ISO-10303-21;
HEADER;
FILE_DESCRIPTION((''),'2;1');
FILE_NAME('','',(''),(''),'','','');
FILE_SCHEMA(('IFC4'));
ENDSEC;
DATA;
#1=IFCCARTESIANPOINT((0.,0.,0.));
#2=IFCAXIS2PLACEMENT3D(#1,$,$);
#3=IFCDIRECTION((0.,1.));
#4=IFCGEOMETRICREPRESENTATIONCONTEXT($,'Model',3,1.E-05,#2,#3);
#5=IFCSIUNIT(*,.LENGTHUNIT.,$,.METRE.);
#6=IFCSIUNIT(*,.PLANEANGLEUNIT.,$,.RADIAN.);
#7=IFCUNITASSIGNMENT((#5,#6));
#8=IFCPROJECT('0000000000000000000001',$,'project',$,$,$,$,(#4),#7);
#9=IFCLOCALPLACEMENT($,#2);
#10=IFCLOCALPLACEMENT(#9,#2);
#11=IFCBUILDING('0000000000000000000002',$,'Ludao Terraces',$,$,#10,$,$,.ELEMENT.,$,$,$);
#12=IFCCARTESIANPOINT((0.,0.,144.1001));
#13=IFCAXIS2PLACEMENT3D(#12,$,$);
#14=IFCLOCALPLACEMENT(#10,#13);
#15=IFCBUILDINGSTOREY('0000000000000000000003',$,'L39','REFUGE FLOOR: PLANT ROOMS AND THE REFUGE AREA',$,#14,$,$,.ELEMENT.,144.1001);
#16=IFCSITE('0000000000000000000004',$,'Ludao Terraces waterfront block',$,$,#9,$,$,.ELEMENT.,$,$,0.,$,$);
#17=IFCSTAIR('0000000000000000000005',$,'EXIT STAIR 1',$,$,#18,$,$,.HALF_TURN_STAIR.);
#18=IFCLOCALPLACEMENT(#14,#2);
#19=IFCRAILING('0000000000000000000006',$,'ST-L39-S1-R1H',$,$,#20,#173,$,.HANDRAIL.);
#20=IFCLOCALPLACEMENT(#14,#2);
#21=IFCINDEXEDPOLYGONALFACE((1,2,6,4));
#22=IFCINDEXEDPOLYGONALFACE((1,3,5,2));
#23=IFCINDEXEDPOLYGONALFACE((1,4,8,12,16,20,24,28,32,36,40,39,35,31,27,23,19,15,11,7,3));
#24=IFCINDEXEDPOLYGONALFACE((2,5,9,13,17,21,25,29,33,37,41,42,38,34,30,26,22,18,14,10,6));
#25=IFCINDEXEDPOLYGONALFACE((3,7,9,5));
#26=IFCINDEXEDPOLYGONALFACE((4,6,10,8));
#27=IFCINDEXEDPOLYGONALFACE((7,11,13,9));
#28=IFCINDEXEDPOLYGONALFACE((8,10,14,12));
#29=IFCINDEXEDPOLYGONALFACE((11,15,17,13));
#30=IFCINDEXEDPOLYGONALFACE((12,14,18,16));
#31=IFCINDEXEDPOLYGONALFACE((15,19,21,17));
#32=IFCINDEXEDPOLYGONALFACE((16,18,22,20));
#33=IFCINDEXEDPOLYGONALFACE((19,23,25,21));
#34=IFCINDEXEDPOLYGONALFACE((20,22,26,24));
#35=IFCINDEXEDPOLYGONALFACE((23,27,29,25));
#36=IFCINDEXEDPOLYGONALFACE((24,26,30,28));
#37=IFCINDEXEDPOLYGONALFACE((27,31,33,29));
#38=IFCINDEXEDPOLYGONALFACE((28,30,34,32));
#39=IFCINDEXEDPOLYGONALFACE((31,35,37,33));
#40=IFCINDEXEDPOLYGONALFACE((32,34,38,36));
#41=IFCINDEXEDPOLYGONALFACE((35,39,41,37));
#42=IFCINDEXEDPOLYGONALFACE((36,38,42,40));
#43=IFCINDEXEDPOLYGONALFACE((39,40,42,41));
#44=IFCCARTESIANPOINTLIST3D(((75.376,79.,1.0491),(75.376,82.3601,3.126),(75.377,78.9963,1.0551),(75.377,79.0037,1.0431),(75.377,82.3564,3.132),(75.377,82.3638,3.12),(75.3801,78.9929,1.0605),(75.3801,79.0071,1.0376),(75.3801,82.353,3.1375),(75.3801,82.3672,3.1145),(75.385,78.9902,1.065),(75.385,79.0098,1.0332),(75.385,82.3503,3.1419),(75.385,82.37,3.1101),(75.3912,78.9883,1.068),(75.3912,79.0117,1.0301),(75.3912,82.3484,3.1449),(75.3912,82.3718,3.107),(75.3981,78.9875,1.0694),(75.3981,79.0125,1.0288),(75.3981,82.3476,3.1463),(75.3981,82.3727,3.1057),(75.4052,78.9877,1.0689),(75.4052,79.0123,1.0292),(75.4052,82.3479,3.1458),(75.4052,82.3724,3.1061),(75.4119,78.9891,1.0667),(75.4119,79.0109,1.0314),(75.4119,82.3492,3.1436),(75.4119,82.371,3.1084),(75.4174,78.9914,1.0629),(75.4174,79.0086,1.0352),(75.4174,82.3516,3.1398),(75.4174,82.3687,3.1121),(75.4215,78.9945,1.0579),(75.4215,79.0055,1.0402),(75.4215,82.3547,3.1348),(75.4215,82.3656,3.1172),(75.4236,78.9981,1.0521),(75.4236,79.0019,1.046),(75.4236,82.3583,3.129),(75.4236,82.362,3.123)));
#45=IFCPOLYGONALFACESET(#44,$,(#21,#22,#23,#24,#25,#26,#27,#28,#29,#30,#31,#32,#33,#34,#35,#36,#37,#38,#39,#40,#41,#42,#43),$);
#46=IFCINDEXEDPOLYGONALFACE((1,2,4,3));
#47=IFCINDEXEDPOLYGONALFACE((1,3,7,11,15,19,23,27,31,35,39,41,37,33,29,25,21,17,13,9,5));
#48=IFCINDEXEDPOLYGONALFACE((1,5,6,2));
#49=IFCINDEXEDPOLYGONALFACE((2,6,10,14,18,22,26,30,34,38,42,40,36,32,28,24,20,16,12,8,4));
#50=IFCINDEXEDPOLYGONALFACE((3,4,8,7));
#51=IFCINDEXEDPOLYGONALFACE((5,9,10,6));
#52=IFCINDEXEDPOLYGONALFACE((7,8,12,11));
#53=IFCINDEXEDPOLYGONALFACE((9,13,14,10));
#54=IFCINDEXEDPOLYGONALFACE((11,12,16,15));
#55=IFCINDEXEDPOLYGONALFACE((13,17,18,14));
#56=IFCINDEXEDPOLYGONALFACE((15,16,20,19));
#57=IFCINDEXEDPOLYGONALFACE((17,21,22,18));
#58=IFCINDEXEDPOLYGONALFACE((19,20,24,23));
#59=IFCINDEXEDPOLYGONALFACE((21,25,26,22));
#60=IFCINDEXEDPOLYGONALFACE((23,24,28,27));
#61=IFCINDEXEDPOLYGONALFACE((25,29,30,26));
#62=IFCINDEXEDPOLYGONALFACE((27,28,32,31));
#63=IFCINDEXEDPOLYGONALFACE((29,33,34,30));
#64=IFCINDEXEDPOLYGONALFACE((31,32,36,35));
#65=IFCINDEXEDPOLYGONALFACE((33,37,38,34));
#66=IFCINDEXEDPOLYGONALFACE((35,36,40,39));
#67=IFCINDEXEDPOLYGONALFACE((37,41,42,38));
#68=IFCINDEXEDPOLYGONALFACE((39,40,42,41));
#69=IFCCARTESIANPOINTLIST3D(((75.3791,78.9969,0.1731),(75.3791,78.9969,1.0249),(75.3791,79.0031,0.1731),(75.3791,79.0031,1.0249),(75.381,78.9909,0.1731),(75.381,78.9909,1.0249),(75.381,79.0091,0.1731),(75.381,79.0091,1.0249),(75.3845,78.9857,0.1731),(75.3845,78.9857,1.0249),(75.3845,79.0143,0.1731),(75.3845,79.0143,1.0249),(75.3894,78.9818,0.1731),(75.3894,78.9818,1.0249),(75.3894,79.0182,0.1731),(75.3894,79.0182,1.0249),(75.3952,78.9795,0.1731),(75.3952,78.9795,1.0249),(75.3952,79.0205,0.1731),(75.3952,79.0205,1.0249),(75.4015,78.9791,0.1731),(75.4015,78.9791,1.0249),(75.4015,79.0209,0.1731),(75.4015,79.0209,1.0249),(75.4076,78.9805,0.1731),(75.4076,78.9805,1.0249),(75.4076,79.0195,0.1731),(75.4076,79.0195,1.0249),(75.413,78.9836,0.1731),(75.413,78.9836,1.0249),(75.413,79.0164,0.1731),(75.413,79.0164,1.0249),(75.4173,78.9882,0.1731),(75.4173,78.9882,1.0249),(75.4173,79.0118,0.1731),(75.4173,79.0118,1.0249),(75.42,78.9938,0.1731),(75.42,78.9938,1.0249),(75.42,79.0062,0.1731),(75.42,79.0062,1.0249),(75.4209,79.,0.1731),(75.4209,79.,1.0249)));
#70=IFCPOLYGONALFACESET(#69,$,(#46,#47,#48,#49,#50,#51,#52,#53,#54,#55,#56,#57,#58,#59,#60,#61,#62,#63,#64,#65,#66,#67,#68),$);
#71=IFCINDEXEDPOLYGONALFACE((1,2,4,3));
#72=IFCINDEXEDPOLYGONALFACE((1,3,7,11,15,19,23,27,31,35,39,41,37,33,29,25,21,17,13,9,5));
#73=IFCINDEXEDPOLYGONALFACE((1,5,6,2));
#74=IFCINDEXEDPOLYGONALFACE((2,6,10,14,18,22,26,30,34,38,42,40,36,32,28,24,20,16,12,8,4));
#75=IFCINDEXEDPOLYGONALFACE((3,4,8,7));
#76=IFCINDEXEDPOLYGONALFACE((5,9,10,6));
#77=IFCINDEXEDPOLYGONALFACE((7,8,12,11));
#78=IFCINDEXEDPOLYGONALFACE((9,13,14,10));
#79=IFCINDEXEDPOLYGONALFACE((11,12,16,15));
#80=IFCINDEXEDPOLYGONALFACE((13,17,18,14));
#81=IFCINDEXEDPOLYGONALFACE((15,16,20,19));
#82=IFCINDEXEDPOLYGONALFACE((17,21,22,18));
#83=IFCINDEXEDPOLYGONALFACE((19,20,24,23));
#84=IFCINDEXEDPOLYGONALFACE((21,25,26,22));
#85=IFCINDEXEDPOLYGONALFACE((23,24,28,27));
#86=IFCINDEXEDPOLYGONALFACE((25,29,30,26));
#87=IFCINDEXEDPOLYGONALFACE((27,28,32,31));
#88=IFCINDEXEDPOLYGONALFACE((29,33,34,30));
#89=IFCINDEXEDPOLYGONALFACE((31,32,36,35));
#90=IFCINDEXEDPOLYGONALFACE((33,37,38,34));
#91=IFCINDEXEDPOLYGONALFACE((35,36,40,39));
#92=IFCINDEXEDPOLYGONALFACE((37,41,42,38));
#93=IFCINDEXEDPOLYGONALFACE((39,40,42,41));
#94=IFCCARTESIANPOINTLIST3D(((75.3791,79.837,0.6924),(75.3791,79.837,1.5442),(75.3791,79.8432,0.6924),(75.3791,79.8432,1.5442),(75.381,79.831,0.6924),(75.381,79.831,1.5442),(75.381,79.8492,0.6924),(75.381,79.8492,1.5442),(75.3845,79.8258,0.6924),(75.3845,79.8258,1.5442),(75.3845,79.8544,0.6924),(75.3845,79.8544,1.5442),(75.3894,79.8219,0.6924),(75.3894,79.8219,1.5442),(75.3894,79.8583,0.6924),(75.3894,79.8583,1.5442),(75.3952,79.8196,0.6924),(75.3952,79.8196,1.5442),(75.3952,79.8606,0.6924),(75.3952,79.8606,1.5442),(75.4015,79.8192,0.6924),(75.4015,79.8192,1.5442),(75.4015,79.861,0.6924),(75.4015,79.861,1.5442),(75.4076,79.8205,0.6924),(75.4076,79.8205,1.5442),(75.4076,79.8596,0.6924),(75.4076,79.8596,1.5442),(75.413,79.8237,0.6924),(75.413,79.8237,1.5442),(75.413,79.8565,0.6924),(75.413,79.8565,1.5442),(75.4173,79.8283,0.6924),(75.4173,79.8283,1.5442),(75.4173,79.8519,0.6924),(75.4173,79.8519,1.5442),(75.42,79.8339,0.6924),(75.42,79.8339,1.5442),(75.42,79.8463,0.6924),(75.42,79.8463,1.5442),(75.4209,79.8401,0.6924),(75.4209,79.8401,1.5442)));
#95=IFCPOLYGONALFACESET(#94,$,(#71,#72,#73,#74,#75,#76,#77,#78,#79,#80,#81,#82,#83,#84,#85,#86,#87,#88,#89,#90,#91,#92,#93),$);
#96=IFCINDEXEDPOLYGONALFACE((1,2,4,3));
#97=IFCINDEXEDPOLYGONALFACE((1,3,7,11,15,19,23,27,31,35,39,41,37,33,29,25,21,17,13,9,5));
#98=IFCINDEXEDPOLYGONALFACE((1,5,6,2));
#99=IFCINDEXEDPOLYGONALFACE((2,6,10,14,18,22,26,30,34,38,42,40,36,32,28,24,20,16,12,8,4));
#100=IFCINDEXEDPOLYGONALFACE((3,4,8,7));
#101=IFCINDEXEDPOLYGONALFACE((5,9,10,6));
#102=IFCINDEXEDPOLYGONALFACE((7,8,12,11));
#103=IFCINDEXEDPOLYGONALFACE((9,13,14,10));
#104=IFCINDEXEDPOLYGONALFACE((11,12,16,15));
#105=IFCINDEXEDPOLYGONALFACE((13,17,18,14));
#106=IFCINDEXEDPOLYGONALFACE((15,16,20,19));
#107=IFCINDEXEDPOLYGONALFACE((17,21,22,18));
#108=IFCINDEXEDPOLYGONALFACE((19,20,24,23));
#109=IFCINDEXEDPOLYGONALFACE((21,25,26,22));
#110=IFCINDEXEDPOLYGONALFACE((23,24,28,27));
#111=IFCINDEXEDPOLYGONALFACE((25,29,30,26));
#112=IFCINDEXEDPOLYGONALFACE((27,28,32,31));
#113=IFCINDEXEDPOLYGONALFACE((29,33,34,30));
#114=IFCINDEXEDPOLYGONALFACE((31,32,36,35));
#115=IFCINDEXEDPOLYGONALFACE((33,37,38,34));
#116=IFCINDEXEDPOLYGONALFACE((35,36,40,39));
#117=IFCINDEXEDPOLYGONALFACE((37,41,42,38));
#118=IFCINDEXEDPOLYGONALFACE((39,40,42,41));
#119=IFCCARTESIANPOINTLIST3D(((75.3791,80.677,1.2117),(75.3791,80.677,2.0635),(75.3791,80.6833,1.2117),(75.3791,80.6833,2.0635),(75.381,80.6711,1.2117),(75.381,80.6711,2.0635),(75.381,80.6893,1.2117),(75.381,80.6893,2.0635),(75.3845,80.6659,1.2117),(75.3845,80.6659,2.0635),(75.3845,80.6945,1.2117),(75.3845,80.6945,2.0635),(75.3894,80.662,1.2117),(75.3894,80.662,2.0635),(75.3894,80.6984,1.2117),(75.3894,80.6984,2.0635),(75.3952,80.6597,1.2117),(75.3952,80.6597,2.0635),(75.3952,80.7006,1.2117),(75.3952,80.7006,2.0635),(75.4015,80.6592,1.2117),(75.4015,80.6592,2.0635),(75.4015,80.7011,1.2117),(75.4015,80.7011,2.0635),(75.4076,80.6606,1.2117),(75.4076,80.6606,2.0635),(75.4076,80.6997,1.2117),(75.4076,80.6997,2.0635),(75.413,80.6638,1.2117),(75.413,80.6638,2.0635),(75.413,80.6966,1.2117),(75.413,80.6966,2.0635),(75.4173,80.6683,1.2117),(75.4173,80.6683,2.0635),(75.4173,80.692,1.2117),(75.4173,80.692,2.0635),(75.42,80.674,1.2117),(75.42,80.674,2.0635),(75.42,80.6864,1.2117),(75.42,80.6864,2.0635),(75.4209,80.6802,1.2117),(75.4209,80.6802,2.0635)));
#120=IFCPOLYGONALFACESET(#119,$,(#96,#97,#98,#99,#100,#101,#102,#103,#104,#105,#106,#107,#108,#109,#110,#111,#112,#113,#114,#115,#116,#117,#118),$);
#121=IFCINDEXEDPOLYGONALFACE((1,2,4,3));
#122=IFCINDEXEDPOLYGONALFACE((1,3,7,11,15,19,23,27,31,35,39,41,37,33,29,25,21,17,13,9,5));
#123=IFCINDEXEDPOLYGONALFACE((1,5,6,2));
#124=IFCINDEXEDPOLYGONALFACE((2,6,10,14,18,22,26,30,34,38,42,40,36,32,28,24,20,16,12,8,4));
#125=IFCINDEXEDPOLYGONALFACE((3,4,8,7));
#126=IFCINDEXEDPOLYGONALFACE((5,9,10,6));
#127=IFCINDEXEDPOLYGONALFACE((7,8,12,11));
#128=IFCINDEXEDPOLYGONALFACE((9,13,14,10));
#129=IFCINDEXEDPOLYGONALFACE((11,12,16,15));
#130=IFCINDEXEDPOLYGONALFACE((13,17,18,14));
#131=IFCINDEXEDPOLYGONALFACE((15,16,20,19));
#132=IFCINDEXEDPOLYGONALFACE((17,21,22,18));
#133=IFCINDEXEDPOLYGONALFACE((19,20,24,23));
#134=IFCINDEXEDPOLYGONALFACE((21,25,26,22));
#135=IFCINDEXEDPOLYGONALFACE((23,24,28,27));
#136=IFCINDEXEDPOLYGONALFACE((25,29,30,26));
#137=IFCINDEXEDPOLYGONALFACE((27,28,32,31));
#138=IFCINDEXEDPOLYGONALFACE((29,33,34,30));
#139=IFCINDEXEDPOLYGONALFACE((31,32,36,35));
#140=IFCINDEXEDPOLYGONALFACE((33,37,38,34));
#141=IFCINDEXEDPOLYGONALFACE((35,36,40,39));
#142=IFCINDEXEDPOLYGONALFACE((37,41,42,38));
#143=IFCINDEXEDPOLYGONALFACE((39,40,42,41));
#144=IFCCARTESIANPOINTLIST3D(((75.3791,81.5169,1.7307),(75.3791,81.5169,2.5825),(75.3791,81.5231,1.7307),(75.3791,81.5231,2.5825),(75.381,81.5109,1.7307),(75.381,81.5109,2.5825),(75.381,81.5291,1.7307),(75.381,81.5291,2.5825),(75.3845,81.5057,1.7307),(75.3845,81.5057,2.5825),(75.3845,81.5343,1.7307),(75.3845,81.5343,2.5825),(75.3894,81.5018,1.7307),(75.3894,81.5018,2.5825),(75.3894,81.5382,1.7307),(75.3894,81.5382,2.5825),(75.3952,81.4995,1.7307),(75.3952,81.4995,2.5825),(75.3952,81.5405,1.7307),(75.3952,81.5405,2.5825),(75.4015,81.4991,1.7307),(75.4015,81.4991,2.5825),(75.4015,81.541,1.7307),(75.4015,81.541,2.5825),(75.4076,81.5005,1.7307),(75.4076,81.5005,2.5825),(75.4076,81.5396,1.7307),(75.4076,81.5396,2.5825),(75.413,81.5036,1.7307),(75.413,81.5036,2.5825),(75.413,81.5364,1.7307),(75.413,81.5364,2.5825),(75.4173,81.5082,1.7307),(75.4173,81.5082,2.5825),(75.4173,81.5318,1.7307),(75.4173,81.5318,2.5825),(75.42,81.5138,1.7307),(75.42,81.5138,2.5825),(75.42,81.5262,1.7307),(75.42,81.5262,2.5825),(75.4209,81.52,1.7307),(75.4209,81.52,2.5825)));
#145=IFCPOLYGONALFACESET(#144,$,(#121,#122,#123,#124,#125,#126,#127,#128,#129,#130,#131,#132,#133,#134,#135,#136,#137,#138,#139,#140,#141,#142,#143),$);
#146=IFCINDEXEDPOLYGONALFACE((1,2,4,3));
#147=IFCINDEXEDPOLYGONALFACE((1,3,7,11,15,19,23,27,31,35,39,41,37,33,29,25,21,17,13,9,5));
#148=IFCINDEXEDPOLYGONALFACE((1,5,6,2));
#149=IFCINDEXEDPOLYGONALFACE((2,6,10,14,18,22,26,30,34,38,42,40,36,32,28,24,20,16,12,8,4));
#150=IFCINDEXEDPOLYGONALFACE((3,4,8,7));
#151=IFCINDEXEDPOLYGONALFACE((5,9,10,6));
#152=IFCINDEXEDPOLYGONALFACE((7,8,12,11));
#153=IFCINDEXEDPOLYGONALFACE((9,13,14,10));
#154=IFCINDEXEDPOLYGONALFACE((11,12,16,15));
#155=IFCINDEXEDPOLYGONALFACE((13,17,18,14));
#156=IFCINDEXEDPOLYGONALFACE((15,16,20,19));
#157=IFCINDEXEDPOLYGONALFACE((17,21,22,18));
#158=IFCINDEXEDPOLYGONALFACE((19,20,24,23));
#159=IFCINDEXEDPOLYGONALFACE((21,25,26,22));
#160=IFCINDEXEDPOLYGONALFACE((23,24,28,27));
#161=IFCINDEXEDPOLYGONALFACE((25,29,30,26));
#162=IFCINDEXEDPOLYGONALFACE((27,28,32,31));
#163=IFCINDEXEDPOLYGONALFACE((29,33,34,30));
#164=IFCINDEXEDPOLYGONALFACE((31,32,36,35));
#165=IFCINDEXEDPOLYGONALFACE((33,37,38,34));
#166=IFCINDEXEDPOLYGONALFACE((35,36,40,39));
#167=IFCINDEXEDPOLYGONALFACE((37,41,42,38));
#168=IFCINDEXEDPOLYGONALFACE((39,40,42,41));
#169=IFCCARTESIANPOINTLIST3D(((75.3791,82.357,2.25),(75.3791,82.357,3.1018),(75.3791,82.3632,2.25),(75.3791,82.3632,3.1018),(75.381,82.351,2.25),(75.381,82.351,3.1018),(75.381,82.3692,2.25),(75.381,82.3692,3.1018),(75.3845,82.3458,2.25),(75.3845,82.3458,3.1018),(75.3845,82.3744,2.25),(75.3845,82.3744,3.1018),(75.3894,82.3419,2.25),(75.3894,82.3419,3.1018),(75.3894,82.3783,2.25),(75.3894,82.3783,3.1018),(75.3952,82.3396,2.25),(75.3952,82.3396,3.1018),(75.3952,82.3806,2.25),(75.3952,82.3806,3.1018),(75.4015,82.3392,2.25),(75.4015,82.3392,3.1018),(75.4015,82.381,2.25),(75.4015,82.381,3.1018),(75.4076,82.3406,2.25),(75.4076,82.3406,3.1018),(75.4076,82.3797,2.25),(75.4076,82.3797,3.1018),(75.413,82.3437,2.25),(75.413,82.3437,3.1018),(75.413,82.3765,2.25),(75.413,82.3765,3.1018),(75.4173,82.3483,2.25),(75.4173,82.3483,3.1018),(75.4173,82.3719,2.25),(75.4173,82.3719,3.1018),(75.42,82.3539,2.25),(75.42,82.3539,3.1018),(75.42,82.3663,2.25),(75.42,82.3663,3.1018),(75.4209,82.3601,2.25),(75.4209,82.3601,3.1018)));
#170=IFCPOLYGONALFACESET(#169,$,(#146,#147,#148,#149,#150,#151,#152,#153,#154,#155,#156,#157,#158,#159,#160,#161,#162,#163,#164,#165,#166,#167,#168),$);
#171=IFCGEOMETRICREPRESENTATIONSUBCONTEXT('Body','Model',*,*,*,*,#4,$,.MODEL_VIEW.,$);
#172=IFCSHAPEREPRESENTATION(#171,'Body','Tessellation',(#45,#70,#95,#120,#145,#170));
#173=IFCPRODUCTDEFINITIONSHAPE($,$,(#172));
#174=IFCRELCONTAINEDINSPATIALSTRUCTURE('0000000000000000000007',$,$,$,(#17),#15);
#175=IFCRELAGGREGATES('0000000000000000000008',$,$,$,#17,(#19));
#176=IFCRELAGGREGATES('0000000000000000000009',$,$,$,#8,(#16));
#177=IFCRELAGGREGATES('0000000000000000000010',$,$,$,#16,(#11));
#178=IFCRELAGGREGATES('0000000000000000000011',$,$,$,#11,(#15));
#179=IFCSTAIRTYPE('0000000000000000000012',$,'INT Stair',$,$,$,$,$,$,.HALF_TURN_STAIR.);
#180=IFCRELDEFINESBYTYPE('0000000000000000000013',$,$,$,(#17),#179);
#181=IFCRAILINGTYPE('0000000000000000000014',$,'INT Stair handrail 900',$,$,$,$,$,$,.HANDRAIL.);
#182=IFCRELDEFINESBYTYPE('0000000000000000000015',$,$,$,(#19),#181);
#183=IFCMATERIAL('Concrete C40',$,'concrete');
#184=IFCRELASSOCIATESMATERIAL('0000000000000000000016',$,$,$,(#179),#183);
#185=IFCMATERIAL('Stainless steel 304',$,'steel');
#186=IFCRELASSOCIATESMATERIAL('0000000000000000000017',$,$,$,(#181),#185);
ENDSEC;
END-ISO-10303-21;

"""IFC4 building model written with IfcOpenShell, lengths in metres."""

from ifc_helpers import new_model, si_unit, direction, frame, origin, origin_2d, place, context, subcontext, project, spatial, circle, extrude, material, type_object, element, aggregate, save


model = new_model("IFC4")

# Units and contexts
model_context = context("Model", 3, precision=1e-05, world=origin(), true_north=direction((0.0, 1.0)))
body_context = subcontext(model_context, "Body", "Model", "MODEL_VIEW")
ifc_project = project(units=[si_unit("LENGTHUNIT", "METRE"), si_unit("PLANEANGLEUNIT", "RADIAN")], contexts=[model_context])

# Site, building, storey
site_placement = place(None, origin())
site = spatial("IfcSite", under=ifc_project, at=site_placement, Name="Ludao Terraces waterfront block", CompositionType="ELEMENT", RefElevation=0.0)
building_placement = place(site_placement, origin())
building = spatial("IfcBuilding", under=site, at=building_placement, Name="Ludao Terraces", CompositionType="ELEMENT")
storey_placement = place(building_placement, frame((0.0, 0.0, 144.1001)))
storey = spatial("IfcBuildingStorey", under=building, at=storey_placement, Name="L39", Description="REFUGE FLOOR: PLANT ROOMS AND THE REFUGE AREA", CompositionType="ELEMENT", Elevation=144.1001)

# Stair, railing
ifc_material_1 = material(Name="Concrete C40", Category="concrete")
stair_type = type_object("IfcStairType", Name="INT Stair", PredefinedType="HALF_TURN_STAIR", material=ifc_material_1)
stair_placement = place(storey_placement, origin())
stair = element("IfcStair", 1, at=stair_placement, inside=storey, type_object=stair_type, Name="EXIT STAIR 1", PredefinedType="HALF_TURN_STAIR")
ifc_material_2 = material(Name="Stainless steel 304", Category="steel")
railing_type_1 = type_object("IfcRailingType", Name="INT Stair handrail 900", PredefinedType="HANDRAIL", material=ifc_material_2)
railing_1_placement = place(storey_placement, frame((75.3999, 79.0, 0.1731)))
railing_1 = element("IfcRailing", 2, at=railing_1_placement, type_object=railing_type_1, Name="ST-L39-S1-R1H", PredefinedType="HANDRAIL", context=body_context, shape_type="SweptSolid", body=[
    extrude(circle(Radius=0.0239, at=origin_2d()), frame((0.0, 0.0, 0.876), z_axis=(0.0, 0.850623, 0.525776), x_axis=(-1.0, 0.0, 0.0)), (0.0, 0.0, 1.0), 3.9502),
    extrude(circle(Radius=0.021, at=origin_2d()), origin(), (0.0, 0.0, 1.0), 0.8518),
    extrude(circle(Radius=0.021, at=origin_2d()), frame((0.0, 0.8401, 0.5193)), (0.0, 0.0, 1.0), 0.8518),
    extrude(circle(Radius=0.021, at=origin_2d()), frame((0.0, 1.6802, 1.0386)), (0.0, 0.0, 1.0), 0.8518),
    extrude(circle(Radius=0.021, at=origin_2d()), frame((0.0, 2.52, 1.5576)), (0.0, 0.0, 1.0), 0.8518),
    extrude(circle(Radius=0.021, at=origin_2d()), frame((0.0, 3.3601, 2.0769)), (0.0, 0.0, 1.0), 0.8518),
])
aggregate(stair, [railing_1])

save(model, "model.ifc")
